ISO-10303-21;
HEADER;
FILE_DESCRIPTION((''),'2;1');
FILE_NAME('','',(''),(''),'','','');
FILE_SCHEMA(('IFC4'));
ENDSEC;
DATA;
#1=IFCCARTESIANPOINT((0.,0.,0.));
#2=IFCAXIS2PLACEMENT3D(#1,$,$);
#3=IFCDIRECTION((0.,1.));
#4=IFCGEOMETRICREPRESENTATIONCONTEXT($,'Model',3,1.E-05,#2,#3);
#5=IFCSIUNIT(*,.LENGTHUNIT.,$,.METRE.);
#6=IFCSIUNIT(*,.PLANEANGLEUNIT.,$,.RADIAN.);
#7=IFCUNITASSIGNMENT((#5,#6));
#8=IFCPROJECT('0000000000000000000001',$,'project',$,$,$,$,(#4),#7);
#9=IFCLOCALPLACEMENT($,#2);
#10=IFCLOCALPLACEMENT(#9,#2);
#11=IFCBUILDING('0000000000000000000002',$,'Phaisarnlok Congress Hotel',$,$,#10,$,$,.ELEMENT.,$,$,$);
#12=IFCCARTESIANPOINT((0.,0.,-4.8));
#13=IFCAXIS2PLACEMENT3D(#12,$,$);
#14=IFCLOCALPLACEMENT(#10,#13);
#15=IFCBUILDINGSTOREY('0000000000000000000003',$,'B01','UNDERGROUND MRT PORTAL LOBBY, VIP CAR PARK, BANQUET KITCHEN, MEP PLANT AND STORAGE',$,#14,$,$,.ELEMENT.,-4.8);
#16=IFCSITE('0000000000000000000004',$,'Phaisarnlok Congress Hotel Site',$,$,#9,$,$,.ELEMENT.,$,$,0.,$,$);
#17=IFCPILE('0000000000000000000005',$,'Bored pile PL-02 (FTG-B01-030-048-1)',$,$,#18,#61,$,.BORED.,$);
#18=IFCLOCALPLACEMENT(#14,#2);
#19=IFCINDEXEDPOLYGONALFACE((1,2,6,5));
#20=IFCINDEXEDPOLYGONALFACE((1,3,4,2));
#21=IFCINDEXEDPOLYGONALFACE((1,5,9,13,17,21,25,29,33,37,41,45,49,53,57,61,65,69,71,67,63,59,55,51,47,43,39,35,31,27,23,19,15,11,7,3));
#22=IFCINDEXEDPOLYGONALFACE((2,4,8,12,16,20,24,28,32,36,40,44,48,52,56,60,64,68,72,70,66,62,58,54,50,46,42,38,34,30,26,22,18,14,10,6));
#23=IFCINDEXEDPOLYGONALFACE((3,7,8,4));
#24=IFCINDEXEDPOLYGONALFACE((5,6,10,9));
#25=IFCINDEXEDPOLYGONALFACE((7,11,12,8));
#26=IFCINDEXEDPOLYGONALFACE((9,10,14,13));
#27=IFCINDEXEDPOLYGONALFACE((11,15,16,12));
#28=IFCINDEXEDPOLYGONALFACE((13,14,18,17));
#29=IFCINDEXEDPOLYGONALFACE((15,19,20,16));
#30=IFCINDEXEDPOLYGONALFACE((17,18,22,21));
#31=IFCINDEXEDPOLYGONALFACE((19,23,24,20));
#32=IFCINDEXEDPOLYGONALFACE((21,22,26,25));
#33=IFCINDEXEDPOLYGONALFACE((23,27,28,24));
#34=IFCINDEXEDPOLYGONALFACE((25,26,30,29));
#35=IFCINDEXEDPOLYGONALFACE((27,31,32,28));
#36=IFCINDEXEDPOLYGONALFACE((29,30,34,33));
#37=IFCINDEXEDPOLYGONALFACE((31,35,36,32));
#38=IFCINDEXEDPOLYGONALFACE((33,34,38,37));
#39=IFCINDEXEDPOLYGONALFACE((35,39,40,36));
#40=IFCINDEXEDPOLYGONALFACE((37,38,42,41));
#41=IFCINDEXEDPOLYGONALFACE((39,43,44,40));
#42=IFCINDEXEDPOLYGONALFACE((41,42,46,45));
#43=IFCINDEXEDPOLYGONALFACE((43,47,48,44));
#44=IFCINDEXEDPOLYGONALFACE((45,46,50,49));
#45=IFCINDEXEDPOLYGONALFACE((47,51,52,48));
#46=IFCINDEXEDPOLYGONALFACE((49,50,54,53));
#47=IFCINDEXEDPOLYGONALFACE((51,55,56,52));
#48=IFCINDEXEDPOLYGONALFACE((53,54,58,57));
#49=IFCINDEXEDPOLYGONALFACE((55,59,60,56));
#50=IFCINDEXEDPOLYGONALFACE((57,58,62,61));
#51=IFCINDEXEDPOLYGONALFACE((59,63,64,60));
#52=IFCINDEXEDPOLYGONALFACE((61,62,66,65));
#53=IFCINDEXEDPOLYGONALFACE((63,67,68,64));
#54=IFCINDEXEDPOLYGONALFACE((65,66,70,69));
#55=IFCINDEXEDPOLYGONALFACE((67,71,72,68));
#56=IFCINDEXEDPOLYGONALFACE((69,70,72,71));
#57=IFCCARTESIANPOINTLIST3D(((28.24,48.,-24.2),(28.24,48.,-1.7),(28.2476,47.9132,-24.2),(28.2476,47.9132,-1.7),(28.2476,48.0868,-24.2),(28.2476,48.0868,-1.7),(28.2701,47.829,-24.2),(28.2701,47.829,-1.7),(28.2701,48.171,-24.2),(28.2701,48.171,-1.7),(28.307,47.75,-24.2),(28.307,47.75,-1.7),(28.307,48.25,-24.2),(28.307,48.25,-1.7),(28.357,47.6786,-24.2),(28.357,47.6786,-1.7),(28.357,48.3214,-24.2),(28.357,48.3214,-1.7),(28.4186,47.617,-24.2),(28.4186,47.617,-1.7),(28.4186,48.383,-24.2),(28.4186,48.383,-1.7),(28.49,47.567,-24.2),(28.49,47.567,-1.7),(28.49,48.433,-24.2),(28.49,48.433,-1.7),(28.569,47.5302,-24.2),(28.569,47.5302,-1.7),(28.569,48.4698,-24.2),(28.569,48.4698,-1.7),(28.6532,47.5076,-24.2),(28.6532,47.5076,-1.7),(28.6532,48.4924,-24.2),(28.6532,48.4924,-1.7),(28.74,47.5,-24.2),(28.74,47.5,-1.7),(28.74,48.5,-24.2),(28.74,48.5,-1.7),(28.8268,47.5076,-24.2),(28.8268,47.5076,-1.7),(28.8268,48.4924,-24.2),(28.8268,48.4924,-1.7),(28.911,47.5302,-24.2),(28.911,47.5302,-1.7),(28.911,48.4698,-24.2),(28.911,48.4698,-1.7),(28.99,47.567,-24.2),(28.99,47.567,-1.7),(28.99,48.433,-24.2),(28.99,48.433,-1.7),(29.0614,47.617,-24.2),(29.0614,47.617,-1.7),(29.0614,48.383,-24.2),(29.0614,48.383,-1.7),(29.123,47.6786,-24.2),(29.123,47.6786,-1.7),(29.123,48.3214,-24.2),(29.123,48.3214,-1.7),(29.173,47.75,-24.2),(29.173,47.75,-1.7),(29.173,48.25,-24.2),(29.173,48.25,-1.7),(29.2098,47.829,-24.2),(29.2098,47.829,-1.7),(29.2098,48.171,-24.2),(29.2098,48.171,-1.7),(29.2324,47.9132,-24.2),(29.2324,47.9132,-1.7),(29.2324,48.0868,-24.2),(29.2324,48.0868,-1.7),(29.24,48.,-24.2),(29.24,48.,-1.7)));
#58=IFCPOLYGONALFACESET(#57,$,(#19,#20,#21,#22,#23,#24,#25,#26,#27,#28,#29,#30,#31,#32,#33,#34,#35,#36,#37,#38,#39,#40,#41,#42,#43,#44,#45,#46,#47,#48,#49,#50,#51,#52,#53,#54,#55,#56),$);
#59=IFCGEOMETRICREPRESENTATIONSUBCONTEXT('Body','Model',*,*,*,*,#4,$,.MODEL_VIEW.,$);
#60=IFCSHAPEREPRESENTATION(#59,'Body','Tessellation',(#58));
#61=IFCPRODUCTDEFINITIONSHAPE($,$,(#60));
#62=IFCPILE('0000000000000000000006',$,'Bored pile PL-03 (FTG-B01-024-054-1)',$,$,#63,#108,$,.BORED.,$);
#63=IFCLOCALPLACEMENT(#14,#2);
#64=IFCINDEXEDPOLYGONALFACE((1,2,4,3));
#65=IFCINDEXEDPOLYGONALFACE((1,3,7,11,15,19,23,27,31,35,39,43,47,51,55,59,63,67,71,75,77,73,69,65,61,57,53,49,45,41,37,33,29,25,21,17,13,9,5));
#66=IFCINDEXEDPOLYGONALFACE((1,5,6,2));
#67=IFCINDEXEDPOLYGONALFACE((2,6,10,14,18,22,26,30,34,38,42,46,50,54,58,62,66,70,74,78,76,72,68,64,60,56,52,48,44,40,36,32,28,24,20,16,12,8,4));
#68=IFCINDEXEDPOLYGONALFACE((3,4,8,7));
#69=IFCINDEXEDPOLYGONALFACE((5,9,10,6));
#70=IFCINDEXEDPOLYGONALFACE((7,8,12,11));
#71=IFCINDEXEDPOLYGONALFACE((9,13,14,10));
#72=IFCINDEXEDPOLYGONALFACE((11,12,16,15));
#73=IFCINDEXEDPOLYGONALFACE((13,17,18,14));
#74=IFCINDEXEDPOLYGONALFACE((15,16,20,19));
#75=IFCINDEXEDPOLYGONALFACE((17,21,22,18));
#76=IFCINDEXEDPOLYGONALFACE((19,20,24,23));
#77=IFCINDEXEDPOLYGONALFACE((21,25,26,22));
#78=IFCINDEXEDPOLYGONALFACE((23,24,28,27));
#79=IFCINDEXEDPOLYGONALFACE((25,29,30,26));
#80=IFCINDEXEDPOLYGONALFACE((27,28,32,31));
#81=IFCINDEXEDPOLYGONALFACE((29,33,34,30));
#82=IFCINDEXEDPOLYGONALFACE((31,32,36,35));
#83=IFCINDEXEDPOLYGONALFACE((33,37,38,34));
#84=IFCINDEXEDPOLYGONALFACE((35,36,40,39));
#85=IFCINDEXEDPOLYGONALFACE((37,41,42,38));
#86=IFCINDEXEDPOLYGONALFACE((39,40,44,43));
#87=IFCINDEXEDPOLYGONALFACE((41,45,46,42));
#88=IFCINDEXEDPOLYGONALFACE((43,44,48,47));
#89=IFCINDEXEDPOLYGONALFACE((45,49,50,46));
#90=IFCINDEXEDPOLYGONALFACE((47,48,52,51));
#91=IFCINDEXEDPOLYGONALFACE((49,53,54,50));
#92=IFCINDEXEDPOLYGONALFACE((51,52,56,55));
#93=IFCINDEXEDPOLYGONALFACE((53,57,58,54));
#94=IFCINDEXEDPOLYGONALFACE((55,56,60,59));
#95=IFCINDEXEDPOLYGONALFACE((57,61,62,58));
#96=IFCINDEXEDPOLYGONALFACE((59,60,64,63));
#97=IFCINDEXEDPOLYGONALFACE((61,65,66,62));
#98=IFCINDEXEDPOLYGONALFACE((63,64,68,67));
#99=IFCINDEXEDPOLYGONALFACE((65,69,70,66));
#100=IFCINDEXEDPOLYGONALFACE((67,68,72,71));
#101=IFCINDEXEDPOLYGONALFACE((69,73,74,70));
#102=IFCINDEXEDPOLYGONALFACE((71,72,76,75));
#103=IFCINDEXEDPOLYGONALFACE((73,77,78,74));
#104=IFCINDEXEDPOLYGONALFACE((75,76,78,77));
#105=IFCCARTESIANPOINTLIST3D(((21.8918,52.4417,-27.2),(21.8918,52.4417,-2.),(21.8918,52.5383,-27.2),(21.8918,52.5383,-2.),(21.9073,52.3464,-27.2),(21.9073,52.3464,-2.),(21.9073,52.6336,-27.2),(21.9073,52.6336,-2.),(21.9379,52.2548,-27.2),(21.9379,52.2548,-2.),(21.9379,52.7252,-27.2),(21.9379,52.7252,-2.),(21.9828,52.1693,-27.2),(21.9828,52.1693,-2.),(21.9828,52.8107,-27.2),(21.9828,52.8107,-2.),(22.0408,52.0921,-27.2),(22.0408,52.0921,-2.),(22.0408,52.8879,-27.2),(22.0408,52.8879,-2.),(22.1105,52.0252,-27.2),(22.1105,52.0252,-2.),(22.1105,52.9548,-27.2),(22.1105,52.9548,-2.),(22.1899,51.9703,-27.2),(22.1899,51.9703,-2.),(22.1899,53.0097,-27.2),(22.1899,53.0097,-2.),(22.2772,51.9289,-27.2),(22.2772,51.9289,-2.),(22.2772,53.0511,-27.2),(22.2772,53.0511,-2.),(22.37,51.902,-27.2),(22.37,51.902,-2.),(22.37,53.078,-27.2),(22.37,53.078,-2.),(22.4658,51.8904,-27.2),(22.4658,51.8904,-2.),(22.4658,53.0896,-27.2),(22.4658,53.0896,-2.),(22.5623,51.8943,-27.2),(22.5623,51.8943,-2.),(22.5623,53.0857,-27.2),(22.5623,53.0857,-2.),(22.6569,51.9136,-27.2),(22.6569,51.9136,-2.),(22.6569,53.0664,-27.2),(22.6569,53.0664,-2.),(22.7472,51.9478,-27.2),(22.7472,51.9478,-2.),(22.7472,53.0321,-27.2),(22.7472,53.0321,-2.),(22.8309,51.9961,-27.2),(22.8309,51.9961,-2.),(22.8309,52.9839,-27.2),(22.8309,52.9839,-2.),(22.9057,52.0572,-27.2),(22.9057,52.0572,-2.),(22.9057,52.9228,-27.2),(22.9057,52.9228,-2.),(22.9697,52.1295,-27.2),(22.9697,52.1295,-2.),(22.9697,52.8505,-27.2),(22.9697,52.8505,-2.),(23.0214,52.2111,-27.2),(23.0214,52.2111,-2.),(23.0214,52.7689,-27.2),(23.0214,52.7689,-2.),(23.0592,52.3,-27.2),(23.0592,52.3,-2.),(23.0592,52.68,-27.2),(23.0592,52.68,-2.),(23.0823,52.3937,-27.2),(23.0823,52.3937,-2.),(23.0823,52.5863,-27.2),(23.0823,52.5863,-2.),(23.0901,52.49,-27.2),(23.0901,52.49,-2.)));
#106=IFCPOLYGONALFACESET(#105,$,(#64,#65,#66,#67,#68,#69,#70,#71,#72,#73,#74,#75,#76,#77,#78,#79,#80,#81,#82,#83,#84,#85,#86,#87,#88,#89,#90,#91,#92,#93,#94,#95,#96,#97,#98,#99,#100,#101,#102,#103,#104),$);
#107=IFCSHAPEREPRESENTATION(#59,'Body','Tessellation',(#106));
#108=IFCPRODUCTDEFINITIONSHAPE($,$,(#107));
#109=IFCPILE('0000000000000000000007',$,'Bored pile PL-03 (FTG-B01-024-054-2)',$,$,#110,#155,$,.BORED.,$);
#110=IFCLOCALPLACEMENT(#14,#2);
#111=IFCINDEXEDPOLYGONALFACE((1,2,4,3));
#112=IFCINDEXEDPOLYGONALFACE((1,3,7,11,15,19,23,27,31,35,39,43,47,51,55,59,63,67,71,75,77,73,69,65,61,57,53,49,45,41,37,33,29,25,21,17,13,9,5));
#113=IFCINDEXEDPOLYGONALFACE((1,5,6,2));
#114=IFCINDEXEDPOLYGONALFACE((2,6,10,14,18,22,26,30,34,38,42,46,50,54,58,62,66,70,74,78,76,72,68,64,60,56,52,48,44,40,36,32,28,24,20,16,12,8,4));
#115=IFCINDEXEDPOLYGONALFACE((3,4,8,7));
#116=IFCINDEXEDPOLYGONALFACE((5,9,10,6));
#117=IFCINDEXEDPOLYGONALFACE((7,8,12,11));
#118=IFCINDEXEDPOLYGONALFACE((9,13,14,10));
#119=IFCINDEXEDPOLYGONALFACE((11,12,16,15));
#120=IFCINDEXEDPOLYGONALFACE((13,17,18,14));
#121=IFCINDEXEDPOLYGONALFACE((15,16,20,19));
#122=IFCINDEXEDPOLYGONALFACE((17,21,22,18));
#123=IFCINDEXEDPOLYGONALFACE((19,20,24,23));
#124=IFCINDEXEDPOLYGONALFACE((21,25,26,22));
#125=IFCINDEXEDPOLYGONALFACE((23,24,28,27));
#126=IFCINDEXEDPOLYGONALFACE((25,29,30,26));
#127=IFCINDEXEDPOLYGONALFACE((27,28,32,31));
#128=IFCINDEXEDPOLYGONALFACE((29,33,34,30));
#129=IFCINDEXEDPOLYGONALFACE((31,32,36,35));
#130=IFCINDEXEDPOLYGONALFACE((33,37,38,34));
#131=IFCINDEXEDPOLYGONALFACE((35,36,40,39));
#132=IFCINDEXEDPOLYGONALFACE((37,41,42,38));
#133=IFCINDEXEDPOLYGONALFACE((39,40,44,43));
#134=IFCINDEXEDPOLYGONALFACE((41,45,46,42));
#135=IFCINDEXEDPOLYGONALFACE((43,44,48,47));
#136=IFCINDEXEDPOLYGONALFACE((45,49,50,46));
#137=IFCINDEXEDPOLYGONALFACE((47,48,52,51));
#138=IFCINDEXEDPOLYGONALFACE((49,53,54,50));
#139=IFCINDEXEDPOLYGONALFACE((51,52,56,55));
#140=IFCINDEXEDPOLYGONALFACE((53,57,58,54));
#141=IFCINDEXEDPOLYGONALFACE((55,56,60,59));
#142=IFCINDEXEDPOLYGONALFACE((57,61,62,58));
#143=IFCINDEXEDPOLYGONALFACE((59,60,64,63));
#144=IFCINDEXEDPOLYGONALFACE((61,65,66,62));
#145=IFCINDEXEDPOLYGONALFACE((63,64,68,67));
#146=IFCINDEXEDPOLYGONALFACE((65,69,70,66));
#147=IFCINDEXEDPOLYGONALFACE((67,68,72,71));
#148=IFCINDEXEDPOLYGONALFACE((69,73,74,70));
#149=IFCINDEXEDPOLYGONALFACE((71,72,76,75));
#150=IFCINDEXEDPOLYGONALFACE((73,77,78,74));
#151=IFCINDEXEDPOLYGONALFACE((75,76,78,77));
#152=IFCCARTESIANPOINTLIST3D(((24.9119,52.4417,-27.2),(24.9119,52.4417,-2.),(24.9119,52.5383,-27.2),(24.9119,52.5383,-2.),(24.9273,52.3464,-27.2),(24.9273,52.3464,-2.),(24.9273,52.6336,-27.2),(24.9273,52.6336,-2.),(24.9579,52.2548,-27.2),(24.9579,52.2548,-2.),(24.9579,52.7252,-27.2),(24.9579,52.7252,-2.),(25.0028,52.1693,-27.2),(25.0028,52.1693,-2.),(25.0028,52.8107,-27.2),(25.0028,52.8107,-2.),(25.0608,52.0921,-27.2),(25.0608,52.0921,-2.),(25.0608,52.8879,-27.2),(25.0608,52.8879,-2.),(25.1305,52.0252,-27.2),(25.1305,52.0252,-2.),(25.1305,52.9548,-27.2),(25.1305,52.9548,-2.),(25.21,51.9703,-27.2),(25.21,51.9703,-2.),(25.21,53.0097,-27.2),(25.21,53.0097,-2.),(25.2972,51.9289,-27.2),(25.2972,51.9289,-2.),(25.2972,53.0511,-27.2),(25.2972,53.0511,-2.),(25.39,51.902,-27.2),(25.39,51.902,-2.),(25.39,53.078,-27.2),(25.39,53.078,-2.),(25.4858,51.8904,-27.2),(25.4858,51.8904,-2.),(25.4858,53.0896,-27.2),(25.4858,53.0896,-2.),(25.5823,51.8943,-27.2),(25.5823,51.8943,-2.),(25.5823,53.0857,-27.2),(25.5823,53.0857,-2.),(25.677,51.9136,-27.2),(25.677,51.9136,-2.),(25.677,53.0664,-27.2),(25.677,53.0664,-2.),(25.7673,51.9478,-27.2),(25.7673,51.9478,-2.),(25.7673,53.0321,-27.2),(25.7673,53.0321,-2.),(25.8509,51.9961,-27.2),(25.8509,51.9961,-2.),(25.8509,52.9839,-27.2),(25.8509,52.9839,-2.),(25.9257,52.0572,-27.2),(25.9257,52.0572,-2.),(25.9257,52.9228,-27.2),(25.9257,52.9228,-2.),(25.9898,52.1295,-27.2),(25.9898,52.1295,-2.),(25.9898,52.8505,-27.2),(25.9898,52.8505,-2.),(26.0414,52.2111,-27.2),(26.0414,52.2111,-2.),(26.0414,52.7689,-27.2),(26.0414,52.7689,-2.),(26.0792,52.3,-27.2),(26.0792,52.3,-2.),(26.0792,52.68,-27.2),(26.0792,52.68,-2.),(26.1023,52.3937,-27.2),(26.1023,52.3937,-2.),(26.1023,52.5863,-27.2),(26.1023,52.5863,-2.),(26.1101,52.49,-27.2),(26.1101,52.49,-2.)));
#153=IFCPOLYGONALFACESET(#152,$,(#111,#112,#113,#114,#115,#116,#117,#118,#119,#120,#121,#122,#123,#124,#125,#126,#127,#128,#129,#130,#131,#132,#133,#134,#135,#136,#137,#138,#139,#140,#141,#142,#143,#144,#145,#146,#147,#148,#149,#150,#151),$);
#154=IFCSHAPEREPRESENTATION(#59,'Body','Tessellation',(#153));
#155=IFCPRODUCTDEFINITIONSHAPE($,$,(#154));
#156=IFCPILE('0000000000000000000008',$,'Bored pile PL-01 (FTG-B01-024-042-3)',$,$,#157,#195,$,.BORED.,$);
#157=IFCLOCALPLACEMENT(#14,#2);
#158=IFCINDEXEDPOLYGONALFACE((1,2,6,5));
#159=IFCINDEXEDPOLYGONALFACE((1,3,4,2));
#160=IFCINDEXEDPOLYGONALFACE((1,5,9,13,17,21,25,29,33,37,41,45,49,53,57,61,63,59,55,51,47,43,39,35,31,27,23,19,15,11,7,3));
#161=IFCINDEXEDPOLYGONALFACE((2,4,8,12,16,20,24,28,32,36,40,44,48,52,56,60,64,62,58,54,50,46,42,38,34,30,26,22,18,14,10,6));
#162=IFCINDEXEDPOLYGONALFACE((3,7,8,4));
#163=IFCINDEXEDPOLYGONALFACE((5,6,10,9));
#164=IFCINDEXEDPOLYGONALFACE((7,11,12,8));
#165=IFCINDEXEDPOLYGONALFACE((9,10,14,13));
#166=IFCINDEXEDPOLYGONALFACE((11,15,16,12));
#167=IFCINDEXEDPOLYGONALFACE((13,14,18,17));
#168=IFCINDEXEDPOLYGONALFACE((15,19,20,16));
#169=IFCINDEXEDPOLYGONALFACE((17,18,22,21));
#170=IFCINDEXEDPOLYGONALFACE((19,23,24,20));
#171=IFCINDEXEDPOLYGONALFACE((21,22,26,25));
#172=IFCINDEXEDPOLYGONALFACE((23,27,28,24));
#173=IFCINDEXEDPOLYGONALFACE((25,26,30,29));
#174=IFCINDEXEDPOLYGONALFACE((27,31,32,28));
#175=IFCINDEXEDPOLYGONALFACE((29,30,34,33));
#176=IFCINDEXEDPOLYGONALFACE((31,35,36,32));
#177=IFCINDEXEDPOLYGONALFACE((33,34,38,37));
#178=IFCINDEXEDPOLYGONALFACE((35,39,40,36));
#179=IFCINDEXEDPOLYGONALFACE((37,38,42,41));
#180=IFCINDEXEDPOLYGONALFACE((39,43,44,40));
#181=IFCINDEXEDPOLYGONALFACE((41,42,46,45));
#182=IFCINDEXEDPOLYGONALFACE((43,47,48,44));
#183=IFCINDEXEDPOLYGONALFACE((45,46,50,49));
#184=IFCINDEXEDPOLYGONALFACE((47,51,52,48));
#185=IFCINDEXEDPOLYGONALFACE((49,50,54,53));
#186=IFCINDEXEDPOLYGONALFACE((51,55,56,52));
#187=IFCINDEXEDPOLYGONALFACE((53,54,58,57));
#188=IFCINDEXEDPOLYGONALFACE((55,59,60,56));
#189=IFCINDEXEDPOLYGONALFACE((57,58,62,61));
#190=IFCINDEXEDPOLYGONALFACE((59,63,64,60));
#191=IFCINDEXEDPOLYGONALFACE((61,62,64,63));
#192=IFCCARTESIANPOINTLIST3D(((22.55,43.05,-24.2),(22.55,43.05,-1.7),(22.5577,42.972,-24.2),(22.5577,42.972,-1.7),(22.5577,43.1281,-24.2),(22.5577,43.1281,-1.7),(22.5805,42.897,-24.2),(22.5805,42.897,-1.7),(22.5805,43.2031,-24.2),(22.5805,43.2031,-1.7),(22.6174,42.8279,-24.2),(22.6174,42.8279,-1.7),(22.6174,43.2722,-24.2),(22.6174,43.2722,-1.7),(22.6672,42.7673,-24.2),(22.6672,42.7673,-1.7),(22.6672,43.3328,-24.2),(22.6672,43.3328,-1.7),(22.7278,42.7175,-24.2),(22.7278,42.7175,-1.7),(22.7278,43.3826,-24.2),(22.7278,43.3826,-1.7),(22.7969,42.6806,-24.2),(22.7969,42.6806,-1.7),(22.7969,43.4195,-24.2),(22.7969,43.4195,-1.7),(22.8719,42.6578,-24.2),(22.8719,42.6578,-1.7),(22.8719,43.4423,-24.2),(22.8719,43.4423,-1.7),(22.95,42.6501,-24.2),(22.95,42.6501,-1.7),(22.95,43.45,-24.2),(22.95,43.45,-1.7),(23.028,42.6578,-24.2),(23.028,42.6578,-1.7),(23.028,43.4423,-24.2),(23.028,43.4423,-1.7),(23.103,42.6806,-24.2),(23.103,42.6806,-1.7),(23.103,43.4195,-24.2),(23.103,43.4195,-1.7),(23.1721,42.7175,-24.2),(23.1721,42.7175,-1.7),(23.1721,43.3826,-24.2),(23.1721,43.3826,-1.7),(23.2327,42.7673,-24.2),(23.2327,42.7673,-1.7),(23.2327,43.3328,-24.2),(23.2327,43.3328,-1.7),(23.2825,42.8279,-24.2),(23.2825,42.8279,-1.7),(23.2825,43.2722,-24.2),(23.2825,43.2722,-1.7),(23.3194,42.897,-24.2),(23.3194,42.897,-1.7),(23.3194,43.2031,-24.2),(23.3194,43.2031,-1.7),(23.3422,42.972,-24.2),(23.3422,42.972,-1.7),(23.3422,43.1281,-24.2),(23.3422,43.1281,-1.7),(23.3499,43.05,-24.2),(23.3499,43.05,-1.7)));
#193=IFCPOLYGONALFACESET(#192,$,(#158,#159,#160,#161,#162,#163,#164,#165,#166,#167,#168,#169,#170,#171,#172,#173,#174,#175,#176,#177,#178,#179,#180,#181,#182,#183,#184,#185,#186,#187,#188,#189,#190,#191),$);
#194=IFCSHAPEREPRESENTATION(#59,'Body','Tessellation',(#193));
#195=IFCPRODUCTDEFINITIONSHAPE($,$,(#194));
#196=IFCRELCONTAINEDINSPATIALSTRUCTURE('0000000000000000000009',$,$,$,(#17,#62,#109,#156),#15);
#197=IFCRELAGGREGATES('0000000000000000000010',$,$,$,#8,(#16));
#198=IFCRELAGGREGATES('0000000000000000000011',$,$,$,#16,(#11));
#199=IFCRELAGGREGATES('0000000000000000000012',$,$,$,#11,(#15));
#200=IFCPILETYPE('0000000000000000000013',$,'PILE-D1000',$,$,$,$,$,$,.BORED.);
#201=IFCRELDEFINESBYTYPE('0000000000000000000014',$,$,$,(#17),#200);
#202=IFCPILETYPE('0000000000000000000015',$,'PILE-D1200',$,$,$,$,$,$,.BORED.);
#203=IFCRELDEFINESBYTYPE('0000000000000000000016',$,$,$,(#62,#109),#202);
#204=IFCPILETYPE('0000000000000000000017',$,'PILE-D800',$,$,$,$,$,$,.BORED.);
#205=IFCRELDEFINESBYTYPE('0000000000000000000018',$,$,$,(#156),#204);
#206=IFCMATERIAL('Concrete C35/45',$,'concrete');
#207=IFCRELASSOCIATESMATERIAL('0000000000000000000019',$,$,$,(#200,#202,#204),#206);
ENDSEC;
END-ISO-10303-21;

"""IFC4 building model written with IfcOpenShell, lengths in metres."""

from ifc_helpers import new_model, si_unit, direction, frame, origin, origin_2d, place, context, subcontext, project, spatial, circle, extrude, material, material_profile, profile_set, type_object, element, save


model = new_model("IFC4")

# Units and contexts
model_context = context("Model", 3, precision=1e-05, world=origin(), true_north=direction((0.0, 1.0)))
body_context = subcontext(model_context, "Body", "Model", "MODEL_VIEW")
ifc_project = project(units=[si_unit("LENGTHUNIT", "METRE"), si_unit("PLANEANGLEUNIT", "RADIAN")], contexts=[model_context])

# Site, building, storey
site_placement = place(None, origin())
site = spatial("IfcSite", under=ifc_project, at=site_placement, Name="Phaisarnlok Congress Hotel Site", CompositionType="ELEMENT", RefElevation=0.0)
building_placement = place(site_placement, origin())
building = spatial("IfcBuilding", under=site, at=building_placement, Name="Phaisarnlok Congress Hotel", CompositionType="ELEMENT")
storey_placement = place(building_placement, frame((0.0, 0.0, -4.8)))
storey = spatial("IfcBuildingStorey", under=building, at=storey_placement, Name="B01", Description="UNDERGROUND MRT PORTAL LOBBY, VIP CAR PARK, BANQUET KITCHEN, MEP PLANT AND STORAGE", CompositionType="ELEMENT", Elevation=-4.8)

# Piles
ifc_material_1 = material(Name="Concrete C35/45", Category="concrete")
ifc_material_profile_1 = material_profile(ifc_material_1, circle(Radius=0.5, at=origin_2d()), Name="BORED PILE D1000")
ifc_profile_set_1 = profile_set([ifc_material_profile_1], Name="Concrete C35/45")
pile_type_1 = type_object("IfcPileType", Name="PILE-D1000", PredefinedType="BORED", material=ifc_profile_set_1)
pile_1_placement = place(storey_placement, frame((28.74, 48.0, -1.7), z_axis=(0.0, 0.0, -1.0), x_axis=(1.0, 0.0, 0.0)))
element("IfcPile", 1, at=pile_1_placement, inside=storey, type_object=pile_type_1, Name="Bored pile PL-02 (FTG-B01-030-048-1)", PredefinedType="BORED", context=body_context, shape_type="SweptSolid", body=[
    extrude(circle(Radius=0.5, at=origin_2d()), origin(), (0.0, 0.0, 1.0), 22.5),
])
ifc_material_profile_2 = material_profile(ifc_material_1, circle(Radius=0.6001, at=origin_2d()), Name="BORED PILE D1200")
ifc_profile_set_2 = profile_set([ifc_material_profile_2], Name="Concrete C35/45")
pile_type_2 = type_object("IfcPileType", Name="PILE-D1200", PredefinedType="BORED", material=ifc_profile_set_2)
for number, where, z_axis, x_axis, name in (
    (2, (22.49, 52.49, -2.0), (0.0, 0.0, -1.0), (1.0, 0.0, 0.0), "Bored pile PL-03 (FTG-B01-024-054-1)"),
    (3, (25.51, 52.49, -2.0), (0.0, 0.0, -1.0), (1.0, 0.0, 0.0), "Bored pile PL-03 (FTG-B01-024-054-2)"),
):
    element("IfcPile", number, at=place(storey_placement, frame(where, z_axis=z_axis, x_axis=x_axis)), inside=storey, type_object=pile_type_2, Name=name, PredefinedType="BORED", context=body_context, shape_type="SweptSolid", body=[
        extrude(circle(Radius=0.6001, at=origin_2d()), origin(), (0.0, 0.0, 1.0), 25.2),
    ])
ifc_material_profile_3 = material_profile(ifc_material_1, circle(Radius=0.3999, at=origin_2d()), Name="BORED PILE D800")
ifc_profile_set_3 = profile_set([ifc_material_profile_3], Name="Concrete C35/45")
pile_type_3 = type_object("IfcPileType", Name="PILE-D800", PredefinedType="BORED", material=ifc_profile_set_3)
for number, where, z_axis, x_axis, name in (
    (4, (22.95, 43.05, -1.7), (0.0, 0.0, -1.0), (1.0, 0.0, 0.0), "Bored pile PL-01 (FTG-B01-024-042-3)"),
):
    element("IfcPile", number, at=place(storey_placement, frame(where, z_axis=z_axis, x_axis=x_axis)), inside=storey, type_object=pile_type_3, Name=name, PredefinedType="BORED", context=body_context, shape_type="SweptSolid", body=[
        extrude(circle(Radius=0.3999, at=origin_2d()), origin(), (0.0, 0.0, 1.0), 22.5),
    ])

save(model, "model.ifc")
